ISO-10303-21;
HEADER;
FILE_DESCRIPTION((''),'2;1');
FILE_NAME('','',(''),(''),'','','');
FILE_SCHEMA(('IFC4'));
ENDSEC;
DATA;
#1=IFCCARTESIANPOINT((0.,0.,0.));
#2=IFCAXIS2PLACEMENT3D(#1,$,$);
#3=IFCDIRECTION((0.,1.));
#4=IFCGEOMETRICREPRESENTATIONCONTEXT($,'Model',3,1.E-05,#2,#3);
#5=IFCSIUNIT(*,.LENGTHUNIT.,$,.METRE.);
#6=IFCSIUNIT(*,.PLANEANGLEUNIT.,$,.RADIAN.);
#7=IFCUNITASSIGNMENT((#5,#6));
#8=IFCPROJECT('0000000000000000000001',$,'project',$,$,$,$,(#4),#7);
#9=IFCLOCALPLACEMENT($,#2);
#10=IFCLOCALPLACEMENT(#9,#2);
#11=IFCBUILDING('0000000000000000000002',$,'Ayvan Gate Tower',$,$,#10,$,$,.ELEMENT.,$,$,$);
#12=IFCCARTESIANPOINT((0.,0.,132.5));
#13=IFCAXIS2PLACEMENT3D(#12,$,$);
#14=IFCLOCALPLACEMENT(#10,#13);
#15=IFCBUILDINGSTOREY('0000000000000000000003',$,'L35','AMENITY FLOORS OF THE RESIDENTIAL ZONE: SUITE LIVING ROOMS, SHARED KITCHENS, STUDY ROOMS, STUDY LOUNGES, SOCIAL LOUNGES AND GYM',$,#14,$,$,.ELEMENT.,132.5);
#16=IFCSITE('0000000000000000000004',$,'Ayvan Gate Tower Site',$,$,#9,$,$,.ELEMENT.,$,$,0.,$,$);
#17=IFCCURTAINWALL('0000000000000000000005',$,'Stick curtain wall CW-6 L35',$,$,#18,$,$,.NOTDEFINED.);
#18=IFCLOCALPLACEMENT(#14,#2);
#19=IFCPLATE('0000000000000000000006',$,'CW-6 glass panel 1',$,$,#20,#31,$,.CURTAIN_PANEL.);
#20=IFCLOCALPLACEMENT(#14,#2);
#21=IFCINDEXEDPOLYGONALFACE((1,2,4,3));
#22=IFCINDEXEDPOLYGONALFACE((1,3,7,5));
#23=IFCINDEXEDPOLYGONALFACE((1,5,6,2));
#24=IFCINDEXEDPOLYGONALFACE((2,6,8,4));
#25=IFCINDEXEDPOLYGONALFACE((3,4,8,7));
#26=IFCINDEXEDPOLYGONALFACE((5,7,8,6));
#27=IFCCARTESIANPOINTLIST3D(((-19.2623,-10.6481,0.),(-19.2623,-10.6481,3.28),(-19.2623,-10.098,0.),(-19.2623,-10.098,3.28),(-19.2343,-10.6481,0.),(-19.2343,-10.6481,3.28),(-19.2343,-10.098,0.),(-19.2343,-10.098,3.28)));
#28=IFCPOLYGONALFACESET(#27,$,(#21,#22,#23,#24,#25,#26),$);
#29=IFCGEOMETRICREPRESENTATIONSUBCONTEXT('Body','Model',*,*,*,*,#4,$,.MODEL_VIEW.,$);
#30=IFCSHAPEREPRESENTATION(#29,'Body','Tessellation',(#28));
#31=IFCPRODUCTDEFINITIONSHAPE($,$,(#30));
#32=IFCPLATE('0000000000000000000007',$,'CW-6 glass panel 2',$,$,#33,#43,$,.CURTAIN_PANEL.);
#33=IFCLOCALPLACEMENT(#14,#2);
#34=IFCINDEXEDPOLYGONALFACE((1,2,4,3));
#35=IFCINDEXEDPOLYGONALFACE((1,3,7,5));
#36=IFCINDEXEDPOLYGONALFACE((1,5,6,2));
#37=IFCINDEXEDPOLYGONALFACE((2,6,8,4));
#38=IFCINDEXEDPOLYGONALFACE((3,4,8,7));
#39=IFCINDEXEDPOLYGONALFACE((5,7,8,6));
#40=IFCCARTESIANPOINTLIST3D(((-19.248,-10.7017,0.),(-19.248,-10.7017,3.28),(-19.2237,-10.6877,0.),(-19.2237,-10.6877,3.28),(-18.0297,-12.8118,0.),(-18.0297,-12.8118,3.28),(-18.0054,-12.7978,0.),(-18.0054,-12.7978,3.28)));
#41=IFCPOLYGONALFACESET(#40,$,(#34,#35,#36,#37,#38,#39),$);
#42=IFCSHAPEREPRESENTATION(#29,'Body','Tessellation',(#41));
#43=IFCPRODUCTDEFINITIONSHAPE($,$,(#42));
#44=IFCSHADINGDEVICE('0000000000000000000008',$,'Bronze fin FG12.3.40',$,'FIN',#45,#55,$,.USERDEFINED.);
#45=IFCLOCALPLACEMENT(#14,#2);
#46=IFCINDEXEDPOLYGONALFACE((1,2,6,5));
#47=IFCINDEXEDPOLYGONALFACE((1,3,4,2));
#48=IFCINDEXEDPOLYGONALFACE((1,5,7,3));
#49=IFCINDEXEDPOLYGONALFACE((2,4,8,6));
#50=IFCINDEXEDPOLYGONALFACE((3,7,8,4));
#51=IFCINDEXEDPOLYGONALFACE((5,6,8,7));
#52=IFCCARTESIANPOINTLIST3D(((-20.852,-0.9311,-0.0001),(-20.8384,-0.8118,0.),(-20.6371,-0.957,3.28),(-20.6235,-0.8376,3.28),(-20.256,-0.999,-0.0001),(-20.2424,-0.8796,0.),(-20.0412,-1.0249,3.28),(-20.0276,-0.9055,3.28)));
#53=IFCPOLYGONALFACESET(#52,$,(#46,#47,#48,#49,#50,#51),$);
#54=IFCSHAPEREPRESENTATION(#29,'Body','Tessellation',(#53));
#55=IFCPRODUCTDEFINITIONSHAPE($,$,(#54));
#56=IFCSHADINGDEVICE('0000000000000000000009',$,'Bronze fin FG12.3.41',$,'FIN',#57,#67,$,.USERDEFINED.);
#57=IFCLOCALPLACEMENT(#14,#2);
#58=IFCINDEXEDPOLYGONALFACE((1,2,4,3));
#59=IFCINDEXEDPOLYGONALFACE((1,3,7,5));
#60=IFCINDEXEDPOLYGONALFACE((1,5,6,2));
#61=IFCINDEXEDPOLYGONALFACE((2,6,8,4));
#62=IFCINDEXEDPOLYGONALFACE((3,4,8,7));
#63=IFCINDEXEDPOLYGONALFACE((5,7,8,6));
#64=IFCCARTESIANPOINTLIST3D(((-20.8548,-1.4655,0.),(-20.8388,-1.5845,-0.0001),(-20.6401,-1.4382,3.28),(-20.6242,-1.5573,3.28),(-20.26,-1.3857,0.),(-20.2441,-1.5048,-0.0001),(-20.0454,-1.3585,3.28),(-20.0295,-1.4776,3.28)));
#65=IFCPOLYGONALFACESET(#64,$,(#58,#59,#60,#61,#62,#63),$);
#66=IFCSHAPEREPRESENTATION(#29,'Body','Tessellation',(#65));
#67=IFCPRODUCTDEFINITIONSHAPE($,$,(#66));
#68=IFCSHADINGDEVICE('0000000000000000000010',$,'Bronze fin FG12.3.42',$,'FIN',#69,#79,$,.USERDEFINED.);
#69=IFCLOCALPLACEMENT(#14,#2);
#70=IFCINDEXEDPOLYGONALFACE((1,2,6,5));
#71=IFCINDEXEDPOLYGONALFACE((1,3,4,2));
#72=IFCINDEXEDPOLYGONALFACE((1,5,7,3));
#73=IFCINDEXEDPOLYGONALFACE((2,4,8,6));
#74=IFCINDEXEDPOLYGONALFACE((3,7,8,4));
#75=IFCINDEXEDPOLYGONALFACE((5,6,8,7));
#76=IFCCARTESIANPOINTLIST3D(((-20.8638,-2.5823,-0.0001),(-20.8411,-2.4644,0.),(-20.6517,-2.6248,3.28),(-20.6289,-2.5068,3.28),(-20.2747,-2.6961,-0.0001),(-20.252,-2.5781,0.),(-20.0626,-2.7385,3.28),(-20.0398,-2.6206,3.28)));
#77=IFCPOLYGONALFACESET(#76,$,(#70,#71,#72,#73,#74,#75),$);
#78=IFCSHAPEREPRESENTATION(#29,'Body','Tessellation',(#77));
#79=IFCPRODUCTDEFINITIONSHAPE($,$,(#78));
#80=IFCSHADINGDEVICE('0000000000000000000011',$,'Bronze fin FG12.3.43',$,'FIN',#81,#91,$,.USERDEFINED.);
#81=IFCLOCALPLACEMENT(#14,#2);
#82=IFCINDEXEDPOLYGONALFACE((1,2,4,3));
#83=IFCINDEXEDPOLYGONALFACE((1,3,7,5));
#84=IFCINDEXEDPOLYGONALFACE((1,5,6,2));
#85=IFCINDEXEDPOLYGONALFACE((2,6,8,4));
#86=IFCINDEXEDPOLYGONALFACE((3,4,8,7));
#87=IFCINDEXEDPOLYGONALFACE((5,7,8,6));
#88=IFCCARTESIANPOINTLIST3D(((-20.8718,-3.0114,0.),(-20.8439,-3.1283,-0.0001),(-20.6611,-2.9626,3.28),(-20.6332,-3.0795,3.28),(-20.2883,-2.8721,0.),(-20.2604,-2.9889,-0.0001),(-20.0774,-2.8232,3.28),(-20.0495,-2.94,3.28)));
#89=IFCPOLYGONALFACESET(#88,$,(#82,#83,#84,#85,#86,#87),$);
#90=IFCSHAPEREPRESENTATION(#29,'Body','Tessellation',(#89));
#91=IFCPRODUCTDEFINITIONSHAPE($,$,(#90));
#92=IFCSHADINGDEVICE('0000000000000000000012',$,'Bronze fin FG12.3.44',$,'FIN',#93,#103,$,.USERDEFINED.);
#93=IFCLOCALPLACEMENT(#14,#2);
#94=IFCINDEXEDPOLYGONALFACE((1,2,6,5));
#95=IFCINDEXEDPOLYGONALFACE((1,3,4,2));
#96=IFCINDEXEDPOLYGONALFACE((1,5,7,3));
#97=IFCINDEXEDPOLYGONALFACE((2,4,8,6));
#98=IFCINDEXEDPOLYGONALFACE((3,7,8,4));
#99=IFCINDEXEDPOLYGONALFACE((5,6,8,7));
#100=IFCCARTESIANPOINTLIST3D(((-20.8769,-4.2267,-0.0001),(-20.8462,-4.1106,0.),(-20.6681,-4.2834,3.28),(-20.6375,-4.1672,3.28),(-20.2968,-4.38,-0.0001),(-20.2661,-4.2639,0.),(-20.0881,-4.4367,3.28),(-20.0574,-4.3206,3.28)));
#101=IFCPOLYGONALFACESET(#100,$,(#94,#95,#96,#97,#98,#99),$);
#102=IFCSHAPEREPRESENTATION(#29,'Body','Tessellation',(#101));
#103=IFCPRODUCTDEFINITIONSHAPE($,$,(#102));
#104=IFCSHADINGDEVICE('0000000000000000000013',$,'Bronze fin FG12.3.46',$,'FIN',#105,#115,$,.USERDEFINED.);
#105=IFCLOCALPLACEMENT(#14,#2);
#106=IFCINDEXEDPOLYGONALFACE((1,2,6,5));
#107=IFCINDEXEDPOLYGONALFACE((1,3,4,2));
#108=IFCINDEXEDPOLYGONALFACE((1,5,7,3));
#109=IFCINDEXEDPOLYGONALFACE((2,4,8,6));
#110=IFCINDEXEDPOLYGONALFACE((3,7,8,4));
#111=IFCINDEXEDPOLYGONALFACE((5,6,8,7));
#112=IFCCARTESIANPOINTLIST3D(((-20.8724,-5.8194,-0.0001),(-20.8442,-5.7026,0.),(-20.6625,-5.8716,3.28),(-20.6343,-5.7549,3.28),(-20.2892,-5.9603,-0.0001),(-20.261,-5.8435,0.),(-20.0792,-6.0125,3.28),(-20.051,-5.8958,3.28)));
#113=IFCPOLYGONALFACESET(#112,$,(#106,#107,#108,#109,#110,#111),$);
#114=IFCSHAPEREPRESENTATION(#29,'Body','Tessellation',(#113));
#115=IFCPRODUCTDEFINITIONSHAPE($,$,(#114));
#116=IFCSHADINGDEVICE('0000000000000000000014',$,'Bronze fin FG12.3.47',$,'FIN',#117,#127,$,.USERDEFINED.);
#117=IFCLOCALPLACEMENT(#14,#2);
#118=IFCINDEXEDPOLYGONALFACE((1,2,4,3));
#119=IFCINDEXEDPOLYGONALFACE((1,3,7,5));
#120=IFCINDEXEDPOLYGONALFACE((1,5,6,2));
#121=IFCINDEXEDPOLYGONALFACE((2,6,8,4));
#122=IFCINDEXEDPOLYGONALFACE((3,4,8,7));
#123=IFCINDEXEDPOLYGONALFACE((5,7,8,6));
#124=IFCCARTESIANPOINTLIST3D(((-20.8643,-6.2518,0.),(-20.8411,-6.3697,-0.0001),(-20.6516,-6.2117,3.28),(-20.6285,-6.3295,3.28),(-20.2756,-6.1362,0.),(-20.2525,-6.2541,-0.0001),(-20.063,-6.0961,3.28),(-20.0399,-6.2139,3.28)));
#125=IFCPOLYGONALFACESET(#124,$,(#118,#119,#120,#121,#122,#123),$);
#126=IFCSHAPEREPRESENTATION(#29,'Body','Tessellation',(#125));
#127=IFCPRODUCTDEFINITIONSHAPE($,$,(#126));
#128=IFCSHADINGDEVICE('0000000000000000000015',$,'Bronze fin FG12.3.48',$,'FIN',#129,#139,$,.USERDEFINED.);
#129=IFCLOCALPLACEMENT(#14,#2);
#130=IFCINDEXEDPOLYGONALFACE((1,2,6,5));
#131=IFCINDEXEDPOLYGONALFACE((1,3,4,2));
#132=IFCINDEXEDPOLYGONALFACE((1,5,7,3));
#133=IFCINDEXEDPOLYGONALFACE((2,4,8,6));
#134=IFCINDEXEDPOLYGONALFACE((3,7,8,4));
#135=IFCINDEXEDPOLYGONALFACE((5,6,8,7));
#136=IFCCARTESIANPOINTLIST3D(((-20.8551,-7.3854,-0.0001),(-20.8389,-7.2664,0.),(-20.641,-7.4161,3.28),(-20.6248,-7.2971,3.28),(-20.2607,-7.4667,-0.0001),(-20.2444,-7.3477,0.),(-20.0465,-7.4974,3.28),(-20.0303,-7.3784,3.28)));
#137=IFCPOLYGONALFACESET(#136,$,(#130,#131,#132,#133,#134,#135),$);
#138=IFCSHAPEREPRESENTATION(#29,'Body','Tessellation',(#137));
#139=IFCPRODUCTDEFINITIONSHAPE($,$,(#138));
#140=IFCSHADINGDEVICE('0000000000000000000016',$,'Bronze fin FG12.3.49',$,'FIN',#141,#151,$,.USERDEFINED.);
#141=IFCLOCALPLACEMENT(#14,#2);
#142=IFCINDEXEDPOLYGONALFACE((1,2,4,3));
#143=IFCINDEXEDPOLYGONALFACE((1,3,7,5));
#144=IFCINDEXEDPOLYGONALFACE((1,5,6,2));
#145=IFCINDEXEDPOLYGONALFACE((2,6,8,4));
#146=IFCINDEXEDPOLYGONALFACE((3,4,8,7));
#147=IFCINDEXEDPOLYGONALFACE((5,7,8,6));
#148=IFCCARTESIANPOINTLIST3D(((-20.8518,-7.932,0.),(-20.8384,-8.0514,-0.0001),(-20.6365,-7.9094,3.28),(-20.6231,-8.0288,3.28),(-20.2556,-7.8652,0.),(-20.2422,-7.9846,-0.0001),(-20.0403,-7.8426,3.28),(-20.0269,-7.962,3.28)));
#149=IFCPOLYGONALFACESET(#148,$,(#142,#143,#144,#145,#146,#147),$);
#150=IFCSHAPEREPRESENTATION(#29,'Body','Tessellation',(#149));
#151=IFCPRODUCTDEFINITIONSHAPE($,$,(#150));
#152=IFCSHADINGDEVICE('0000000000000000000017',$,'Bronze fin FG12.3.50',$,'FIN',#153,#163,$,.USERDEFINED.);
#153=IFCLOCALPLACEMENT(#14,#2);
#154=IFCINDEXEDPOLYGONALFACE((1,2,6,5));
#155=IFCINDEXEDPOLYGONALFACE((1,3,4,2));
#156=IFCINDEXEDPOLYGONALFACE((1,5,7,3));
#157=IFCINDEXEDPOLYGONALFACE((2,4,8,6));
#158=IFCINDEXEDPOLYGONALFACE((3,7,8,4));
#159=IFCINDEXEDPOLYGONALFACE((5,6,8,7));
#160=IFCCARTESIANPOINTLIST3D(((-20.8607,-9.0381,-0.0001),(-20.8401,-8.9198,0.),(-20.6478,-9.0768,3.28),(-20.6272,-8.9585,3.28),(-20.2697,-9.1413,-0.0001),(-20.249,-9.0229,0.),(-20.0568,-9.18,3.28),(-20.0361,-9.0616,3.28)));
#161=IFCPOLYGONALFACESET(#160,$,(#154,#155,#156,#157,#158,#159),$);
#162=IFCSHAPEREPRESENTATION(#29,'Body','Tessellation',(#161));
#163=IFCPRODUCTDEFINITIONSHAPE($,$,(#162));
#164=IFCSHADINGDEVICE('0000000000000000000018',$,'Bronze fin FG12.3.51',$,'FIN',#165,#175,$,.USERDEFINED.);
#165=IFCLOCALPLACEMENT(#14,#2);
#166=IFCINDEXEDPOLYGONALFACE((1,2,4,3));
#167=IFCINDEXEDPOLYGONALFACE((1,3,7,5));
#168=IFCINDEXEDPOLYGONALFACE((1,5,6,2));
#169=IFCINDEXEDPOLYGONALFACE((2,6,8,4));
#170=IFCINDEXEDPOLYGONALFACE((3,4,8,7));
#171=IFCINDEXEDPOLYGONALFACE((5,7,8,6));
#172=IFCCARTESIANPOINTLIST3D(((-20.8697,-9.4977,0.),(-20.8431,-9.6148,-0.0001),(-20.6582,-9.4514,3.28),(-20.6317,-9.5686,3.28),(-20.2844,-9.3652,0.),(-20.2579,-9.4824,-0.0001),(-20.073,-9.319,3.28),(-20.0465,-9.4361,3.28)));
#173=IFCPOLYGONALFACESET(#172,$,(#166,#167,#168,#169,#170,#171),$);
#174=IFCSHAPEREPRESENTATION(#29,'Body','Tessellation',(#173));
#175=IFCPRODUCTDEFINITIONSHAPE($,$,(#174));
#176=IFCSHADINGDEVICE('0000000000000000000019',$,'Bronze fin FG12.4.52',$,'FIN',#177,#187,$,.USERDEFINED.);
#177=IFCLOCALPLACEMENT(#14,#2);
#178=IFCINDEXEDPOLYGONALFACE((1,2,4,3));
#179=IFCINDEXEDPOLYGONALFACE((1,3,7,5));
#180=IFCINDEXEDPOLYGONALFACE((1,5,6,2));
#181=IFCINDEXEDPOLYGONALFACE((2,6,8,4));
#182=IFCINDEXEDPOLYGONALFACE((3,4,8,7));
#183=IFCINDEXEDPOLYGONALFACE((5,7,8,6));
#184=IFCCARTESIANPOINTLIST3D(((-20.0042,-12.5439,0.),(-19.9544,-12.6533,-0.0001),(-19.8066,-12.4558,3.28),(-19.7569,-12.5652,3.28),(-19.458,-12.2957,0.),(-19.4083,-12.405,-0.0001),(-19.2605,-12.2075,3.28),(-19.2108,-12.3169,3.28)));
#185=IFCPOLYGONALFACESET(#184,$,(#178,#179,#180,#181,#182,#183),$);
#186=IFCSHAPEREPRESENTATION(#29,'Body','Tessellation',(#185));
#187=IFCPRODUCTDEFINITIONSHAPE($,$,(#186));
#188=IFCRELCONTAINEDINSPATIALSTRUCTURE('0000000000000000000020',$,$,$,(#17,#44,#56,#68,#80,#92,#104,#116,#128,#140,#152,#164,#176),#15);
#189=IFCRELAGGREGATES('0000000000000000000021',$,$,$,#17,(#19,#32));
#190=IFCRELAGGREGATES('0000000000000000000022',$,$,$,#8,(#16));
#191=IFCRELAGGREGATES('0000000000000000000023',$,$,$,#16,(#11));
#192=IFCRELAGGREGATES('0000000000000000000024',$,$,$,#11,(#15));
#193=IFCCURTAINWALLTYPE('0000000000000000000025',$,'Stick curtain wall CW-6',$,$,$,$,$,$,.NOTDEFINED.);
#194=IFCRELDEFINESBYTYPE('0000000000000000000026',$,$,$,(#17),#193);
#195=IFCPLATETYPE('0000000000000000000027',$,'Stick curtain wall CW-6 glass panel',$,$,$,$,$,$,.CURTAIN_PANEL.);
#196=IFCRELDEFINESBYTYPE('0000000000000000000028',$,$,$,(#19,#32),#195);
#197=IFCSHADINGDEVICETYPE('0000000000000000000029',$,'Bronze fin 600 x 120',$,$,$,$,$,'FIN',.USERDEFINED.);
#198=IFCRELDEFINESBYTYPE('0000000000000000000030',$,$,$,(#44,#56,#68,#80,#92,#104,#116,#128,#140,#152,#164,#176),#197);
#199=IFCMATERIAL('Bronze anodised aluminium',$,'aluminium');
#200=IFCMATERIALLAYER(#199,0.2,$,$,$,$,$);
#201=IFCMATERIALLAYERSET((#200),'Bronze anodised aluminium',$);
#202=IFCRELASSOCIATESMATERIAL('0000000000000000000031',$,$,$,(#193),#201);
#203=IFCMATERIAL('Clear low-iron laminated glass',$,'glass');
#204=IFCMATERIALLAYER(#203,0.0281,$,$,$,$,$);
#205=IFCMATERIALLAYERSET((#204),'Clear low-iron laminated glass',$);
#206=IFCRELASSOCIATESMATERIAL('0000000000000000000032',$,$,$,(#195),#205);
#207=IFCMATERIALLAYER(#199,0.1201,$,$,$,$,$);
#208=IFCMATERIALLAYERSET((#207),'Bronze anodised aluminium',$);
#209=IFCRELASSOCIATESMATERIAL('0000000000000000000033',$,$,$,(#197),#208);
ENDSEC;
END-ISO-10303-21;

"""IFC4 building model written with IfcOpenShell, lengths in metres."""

from ifc_helpers import new_model, si_unit, direction, frame, origin, origin_2d, place, context, subcontext, project, spatial, polyline, rectangle, outline, extrude, material, layer, layer_set, type_object, element, aggregate, save


model = new_model("IFC4")

# Units and contexts
model_context = context("Model", 3, precision=1e-05, world=origin(), true_north=direction((0.0, 1.0)))
body_context = subcontext(model_context, "Body", "Model", "MODEL_VIEW")
ifc_project = project(units=[si_unit("LENGTHUNIT", "METRE"), si_unit("PLANEANGLEUNIT", "RADIAN")], contexts=[model_context])

# Site, building, storey
site_placement = place(None, origin())
site = spatial("IfcSite", under=ifc_project, at=site_placement, Name="Ayvan Gate Tower Site", CompositionType="ELEMENT", RefElevation=0.0)
building_placement = place(site_placement, origin())
building = spatial("IfcBuilding", under=site, at=building_placement, Name="Ayvan Gate Tower", CompositionType="ELEMENT")
storey_placement = place(building_placement, frame((0.0, 0.0, 132.5)))
storey = spatial("IfcBuildingStorey", under=building, at=storey_placement, Name="L35", Description="AMENITY FLOORS OF THE RESIDENTIAL ZONE: SUITE LIVING ROOMS, SHARED KITCHENS, STUDY ROOMS, STUDY LOUNGES, SOCIAL LOUNGES AND GYM", CompositionType="ELEMENT", Elevation=132.5)

# Curtain wall
ifc_material_1 = material(Name="Bronze anodised aluminium", Category="aluminium")
ifc_layer_1 = layer(ifc_material_1, 0.2)
ifc_layer_set_1 = layer_set([ifc_layer_1], Name="Bronze anodised aluminium")
curtain_wall_type_1 = type_object("IfcCurtainWallType", Name="Stick curtain wall CW-6", PredefinedType="NOTDEFINED", material=ifc_layer_set_1)
curtain_wall_1_placement = place(storey_placement, origin())
curtain_wall_1 = element("IfcCurtainWall", 1, at=curtain_wall_1_placement, inside=storey, type_object=curtain_wall_type_1, Name="Stick curtain wall CW-6 L35", PredefinedType="NOTDEFINED")

# Plates
ifc_material_2 = material(Name="Clear low-iron laminated glass", Category="glass")
ifc_layer_2 = layer(ifc_material_2, 0.0281)
ifc_layer_set_2 = layer_set([ifc_layer_2], Name="Clear low-iron laminated glass")
plate_type_1 = type_object("IfcPlateType", Name="Stick curtain wall CW-6 glass panel", PredefinedType="CURTAIN_PANEL", material=ifc_layer_set_2)
plate_1_placement = place(storey_placement, frame((-19.2483, -10.373, 0.0), z_axis=(0.0, 0.0, 1.0), x_axis=(0.0, -1.0, 0.0)))
plate_1 = element("IfcPlate", 2, at=plate_1_placement, type_object=plate_type_1, Name="CW-6 glass panel 1", PredefinedType="CURTAIN_PANEL", context=body_context, shape_type="SweptSolid", body=[
    extrude(rectangle(XDim=0.55, YDim=0.0281, at=origin_2d()), origin(), (0.0, 0.0, 1.0), 3.28),
])
plate_2_placement = place(storey_placement, frame((-18.6267, -11.7498, 0.0), z_axis=(0.0, 0.0, 1.0), x_axis=(0.5, -0.866025, 0.0)))
plate_2 = element("IfcPlate", 3, at=plate_2_placement, type_object=plate_type_1, Name="CW-6 glass panel 2", PredefinedType="CURTAIN_PANEL", context=body_context, shape_type="SweptSolid", body=[
    extrude(rectangle(XDim=2.4365, YDim=0.0281, at=origin_2d()), origin(), (0.0, 0.0, 1.0), 3.28),
])
aggregate(curtain_wall_1, [plate_1, plate_2])

# Shading devices
ifc_layer_3 = layer(ifc_material_1, 0.1201)
ifc_layer_set_3 = layer_set([ifc_layer_3], Name="Bronze anodised aluminium")
shading_device_type = type_object("IfcShadingDeviceType", Name="Bronze fin 600 x 120", ElementType="FIN", PredefinedType="USERDEFINED", material=ifc_layer_set_3)
shading_device_1_placement = place(storey_placement, frame((-20.2424, -0.8796, 0.0), z_axis=(0.113156, 0.993577, 0.000427), x_axis=(-0.993577, 0.113156, 0.0)))
element("IfcShadingDevice", 4, at=shading_device_1_placement, inside=storey, type_object=shading_device_type, Name="Bronze fin FG12.3.40", ObjectType="FIN", PredefinedType="USERDEFINED", context=body_context, shape_type="SweptSolid", body=[
    extrude(outline(polyline([(0.0, 0.0), (0.5998, 0.0), (0.3834, 3.28), (-0.2164, 3.28), (0.0, 0.0)])), origin(), (0.0, 0.0, -1.0), 0.1201),
])
shading_device_2_placement = place(storey_placement, frame((-20.26, -1.3857, 0.0), z_axis=(-0.132843, 0.991137, 0.000466), x_axis=(-0.991137, -0.132843, 0.0)))
element("IfcShadingDevice", 5, at=shading_device_2_placement, inside=storey, type_object=shading_device_type, Name="Bronze fin FG12.3.41", ObjectType="FIN", PredefinedType="USERDEFINED", context=body_context, shape_type="SweptSolid", body=[
    extrude(outline(polyline([(0.0, 0.0), (0.6001, 0.0), (0.3837, 3.28), (-0.2163, 3.28), (0.0, 0.0)])), origin(), (0.0, 0.0, -1.0), 0.1201),
])
shading_device_3_placement = place(storey_placement, frame((-20.252, -2.5781, 0.0), z_axis=(0.189617, 0.981858, 0.000452), x_axis=(-0.981858, 0.189617, 0.0)))
element("IfcShadingDevice", 6, at=shading_device_3_placement, inside=storey, type_object=shading_device_type, Name="Bronze fin FG12.3.42", ObjectType="FIN", PredefinedType="USERDEFINED", context=body_context, shape_type="SweptSolid", body=[
    extrude(outline(polyline([(0.0, 0.0), (0.6, 0.0), (0.3836, 3.28), (-0.2164, 3.28), (0.0, 0.0)])), origin(), (0.0, 0.0, -1.0), 0.1201),
])
shading_device_4_placement = place(storey_placement, frame((-20.2883, -2.8721, 0.0), z_axis=(-0.232326, 0.972638, 0.000453), x_axis=(-0.972638, -0.232326, 0.0)))
element("IfcShadingDevice", 7, at=shading_device_4_placement, inside=storey, type_object=shading_device_type, Name="Bronze fin FG12.3.43", ObjectType="FIN", PredefinedType="USERDEFINED", context=body_context, shape_type="SweptSolid", body=[
    extrude(outline(polyline([(0.0, 0.0), (0.5999, 0.0), (0.3836, 3.28), (-0.2165, 3.28), (0.0, 0.0)])), origin(), (0.0, 0.0, -1.0), 0.1201),
])
shading_device_5_placement = place(storey_placement, frame((-20.2661, -4.2639, 0.0), z_axis=(0.255535, 0.9668, 0.000433), x_axis=(-0.9668, 0.255535, 0.0)))
element("IfcShadingDevice", 8, at=shading_device_5_placement, inside=storey, type_object=shading_device_type, Name="Bronze fin FG12.3.44", ObjectType="FIN", PredefinedType="USERDEFINED", context=body_context, shape_type="SweptSolid", body=[
    extrude(outline(polyline([(0.0, 0.0), (0.6, 0.0), (0.3837, 3.28), (-0.2163, 3.28), (0.0, 0.0)])), origin(), (0.0, 0.0, -1.0), 0.1201),
])
shading_device_6_placement = place(storey_placement, frame((-20.261, -5.8435, 0.0), z_axis=(0.234773, 0.97205, 0.000455), x_axis=(-0.97205, 0.234773, 0.0)))
element("IfcShadingDevice", 9, at=shading_device_6_placement, inside=storey, type_object=shading_device_type, Name="Bronze fin FG12.3.46", ObjectType="FIN", PredefinedType="USERDEFINED", context=body_context, shape_type="SweptSolid", body=[
    extrude(outline(polyline([(0.0, 0.0), (0.6, 0.0), (0.3837, 3.28), (-0.2164, 3.28), (0.0, 0.0)])), origin(), (0.0, 0.0, -1.0), 0.1201),
])
shading_device_7_placement = place(storey_placement, frame((-20.2756, -6.1362, 0.0), z_axis=(-0.19271, 0.981256, 0.000479), x_axis=(-0.981256, -0.19271, 0.0)))
element("IfcShadingDevice", 10, at=shading_device_7_placement, inside=storey, type_object=shading_device_type, Name="Bronze fin FG12.3.47", ObjectType="FIN", PredefinedType="USERDEFINED", context=body_context, shape_type="SweptSolid", body=[
    extrude(outline(polyline([(0.0, 0.0), (0.5999, 0.0), (0.3835, 3.28), (-0.2164, 3.28), (0.0, 0.0)])), origin(), (0.0, 0.0, -1.0), 0.1201),
])
shading_device_8_placement = place(storey_placement, frame((-20.2444, -7.3477, 0.0), z_axis=(0.135494, 0.990778, 0.000447), x_axis=(-0.990778, 0.135494, 0.0)))
element("IfcShadingDevice", 11, at=shading_device_8_placement, inside=storey, type_object=shading_device_type, Name="Bronze fin FG12.3.48", ObjectType="FIN", PredefinedType="USERDEFINED", context=body_context, shape_type="SweptSolid", body=[
    extrude(outline(polyline([(0.0, 0.0), (0.6, 0.0), (0.3837, 3.28), (-0.2163, 3.28), (0.0, 0.0)])), origin(), (0.0, 0.0, -1.0), 0.1201),
])
shading_device_9_placement = place(storey_placement, frame((-20.2556, -7.8652, 0.0), z_axis=(-0.111302, 0.993786, 0.000465), x_axis=(-0.993787, -0.111302, 0.0)))
element("IfcShadingDevice", 12, at=shading_device_9_placement, inside=storey, type_object=shading_device_type, Name="Bronze fin FG12.3.49", ObjectType="FIN", PredefinedType="USERDEFINED", context=body_context, shape_type="SweptSolid", body=[
    extrude(outline(polyline([(0.0, 0.0), (0.5999, 0.0), (0.3834, 3.28), (-0.2165, 3.28), (0.0, 0.0)])), origin(), (0.0, 0.0, -1.0), 0.1201),
])
shading_device_10_placement = place(storey_placement, frame((-20.249, -9.0229, 0.0), z_axis=(0.171916, 0.985111, 0.000464), x_axis=(-0.985112, 0.171916, 0.0)))
element("IfcShadingDevice", 13, at=shading_device_10_placement, inside=storey, type_object=shading_device_type, Name="Bronze fin FG12.3.50", ObjectType="FIN", PredefinedType="USERDEFINED", context=body_context, shape_type="SweptSolid", body=[
    extrude(outline(polyline([(0.0, 0.0), (0.6, 0.0), (0.3836, 3.28), (-0.2164, 3.28), (0.0, 0.0)])), origin(), (0.0, 0.0, -1.0), 0.1201),
])
shading_device_11_placement = place(storey_placement, frame((-20.2844, -9.3652, 0.0), z_axis=(-0.220742, 0.975332, 0.000472), x_axis=(-0.975332, -0.220742, 0.0)))
element("IfcShadingDevice", 14, at=shading_device_11_placement, inside=storey, type_object=shading_device_type, Name="Bronze fin FG12.3.51", ObjectType="FIN", PredefinedType="USERDEFINED", context=body_context, shape_type="SweptSolid", body=[
    extrude(outline(polyline([(0.0, 0.0), (0.6, 0.0), (0.3836, 3.28), (-0.2164, 3.28), (0.0, 0.0)])), origin(), (0.0, 0.0, -1.0), 0.1201),
])
shading_device_12_placement = place(storey_placement, frame((-19.458, -12.2957, 0.0), z_axis=(-0.413864, 0.910339, 0.00046), x_axis=(-0.910339, -0.413864, 0.0)))
element("IfcShadingDevice", 15, at=shading_device_12_placement, inside=storey, type_object=shading_device_type, Name="Bronze fin FG12.4.52", ObjectType="FIN", PredefinedType="USERDEFINED", context=body_context, shape_type="SweptSolid", body=[
    extrude(outline(polyline([(0.0, 0.0), (0.5999, 0.0), (0.3837, 3.28), (-0.2163, 3.28), (0.0, 0.0)])), origin(), (0.0, 0.0, -1.0), 0.1201),
])

save(model, "model.ifc")
